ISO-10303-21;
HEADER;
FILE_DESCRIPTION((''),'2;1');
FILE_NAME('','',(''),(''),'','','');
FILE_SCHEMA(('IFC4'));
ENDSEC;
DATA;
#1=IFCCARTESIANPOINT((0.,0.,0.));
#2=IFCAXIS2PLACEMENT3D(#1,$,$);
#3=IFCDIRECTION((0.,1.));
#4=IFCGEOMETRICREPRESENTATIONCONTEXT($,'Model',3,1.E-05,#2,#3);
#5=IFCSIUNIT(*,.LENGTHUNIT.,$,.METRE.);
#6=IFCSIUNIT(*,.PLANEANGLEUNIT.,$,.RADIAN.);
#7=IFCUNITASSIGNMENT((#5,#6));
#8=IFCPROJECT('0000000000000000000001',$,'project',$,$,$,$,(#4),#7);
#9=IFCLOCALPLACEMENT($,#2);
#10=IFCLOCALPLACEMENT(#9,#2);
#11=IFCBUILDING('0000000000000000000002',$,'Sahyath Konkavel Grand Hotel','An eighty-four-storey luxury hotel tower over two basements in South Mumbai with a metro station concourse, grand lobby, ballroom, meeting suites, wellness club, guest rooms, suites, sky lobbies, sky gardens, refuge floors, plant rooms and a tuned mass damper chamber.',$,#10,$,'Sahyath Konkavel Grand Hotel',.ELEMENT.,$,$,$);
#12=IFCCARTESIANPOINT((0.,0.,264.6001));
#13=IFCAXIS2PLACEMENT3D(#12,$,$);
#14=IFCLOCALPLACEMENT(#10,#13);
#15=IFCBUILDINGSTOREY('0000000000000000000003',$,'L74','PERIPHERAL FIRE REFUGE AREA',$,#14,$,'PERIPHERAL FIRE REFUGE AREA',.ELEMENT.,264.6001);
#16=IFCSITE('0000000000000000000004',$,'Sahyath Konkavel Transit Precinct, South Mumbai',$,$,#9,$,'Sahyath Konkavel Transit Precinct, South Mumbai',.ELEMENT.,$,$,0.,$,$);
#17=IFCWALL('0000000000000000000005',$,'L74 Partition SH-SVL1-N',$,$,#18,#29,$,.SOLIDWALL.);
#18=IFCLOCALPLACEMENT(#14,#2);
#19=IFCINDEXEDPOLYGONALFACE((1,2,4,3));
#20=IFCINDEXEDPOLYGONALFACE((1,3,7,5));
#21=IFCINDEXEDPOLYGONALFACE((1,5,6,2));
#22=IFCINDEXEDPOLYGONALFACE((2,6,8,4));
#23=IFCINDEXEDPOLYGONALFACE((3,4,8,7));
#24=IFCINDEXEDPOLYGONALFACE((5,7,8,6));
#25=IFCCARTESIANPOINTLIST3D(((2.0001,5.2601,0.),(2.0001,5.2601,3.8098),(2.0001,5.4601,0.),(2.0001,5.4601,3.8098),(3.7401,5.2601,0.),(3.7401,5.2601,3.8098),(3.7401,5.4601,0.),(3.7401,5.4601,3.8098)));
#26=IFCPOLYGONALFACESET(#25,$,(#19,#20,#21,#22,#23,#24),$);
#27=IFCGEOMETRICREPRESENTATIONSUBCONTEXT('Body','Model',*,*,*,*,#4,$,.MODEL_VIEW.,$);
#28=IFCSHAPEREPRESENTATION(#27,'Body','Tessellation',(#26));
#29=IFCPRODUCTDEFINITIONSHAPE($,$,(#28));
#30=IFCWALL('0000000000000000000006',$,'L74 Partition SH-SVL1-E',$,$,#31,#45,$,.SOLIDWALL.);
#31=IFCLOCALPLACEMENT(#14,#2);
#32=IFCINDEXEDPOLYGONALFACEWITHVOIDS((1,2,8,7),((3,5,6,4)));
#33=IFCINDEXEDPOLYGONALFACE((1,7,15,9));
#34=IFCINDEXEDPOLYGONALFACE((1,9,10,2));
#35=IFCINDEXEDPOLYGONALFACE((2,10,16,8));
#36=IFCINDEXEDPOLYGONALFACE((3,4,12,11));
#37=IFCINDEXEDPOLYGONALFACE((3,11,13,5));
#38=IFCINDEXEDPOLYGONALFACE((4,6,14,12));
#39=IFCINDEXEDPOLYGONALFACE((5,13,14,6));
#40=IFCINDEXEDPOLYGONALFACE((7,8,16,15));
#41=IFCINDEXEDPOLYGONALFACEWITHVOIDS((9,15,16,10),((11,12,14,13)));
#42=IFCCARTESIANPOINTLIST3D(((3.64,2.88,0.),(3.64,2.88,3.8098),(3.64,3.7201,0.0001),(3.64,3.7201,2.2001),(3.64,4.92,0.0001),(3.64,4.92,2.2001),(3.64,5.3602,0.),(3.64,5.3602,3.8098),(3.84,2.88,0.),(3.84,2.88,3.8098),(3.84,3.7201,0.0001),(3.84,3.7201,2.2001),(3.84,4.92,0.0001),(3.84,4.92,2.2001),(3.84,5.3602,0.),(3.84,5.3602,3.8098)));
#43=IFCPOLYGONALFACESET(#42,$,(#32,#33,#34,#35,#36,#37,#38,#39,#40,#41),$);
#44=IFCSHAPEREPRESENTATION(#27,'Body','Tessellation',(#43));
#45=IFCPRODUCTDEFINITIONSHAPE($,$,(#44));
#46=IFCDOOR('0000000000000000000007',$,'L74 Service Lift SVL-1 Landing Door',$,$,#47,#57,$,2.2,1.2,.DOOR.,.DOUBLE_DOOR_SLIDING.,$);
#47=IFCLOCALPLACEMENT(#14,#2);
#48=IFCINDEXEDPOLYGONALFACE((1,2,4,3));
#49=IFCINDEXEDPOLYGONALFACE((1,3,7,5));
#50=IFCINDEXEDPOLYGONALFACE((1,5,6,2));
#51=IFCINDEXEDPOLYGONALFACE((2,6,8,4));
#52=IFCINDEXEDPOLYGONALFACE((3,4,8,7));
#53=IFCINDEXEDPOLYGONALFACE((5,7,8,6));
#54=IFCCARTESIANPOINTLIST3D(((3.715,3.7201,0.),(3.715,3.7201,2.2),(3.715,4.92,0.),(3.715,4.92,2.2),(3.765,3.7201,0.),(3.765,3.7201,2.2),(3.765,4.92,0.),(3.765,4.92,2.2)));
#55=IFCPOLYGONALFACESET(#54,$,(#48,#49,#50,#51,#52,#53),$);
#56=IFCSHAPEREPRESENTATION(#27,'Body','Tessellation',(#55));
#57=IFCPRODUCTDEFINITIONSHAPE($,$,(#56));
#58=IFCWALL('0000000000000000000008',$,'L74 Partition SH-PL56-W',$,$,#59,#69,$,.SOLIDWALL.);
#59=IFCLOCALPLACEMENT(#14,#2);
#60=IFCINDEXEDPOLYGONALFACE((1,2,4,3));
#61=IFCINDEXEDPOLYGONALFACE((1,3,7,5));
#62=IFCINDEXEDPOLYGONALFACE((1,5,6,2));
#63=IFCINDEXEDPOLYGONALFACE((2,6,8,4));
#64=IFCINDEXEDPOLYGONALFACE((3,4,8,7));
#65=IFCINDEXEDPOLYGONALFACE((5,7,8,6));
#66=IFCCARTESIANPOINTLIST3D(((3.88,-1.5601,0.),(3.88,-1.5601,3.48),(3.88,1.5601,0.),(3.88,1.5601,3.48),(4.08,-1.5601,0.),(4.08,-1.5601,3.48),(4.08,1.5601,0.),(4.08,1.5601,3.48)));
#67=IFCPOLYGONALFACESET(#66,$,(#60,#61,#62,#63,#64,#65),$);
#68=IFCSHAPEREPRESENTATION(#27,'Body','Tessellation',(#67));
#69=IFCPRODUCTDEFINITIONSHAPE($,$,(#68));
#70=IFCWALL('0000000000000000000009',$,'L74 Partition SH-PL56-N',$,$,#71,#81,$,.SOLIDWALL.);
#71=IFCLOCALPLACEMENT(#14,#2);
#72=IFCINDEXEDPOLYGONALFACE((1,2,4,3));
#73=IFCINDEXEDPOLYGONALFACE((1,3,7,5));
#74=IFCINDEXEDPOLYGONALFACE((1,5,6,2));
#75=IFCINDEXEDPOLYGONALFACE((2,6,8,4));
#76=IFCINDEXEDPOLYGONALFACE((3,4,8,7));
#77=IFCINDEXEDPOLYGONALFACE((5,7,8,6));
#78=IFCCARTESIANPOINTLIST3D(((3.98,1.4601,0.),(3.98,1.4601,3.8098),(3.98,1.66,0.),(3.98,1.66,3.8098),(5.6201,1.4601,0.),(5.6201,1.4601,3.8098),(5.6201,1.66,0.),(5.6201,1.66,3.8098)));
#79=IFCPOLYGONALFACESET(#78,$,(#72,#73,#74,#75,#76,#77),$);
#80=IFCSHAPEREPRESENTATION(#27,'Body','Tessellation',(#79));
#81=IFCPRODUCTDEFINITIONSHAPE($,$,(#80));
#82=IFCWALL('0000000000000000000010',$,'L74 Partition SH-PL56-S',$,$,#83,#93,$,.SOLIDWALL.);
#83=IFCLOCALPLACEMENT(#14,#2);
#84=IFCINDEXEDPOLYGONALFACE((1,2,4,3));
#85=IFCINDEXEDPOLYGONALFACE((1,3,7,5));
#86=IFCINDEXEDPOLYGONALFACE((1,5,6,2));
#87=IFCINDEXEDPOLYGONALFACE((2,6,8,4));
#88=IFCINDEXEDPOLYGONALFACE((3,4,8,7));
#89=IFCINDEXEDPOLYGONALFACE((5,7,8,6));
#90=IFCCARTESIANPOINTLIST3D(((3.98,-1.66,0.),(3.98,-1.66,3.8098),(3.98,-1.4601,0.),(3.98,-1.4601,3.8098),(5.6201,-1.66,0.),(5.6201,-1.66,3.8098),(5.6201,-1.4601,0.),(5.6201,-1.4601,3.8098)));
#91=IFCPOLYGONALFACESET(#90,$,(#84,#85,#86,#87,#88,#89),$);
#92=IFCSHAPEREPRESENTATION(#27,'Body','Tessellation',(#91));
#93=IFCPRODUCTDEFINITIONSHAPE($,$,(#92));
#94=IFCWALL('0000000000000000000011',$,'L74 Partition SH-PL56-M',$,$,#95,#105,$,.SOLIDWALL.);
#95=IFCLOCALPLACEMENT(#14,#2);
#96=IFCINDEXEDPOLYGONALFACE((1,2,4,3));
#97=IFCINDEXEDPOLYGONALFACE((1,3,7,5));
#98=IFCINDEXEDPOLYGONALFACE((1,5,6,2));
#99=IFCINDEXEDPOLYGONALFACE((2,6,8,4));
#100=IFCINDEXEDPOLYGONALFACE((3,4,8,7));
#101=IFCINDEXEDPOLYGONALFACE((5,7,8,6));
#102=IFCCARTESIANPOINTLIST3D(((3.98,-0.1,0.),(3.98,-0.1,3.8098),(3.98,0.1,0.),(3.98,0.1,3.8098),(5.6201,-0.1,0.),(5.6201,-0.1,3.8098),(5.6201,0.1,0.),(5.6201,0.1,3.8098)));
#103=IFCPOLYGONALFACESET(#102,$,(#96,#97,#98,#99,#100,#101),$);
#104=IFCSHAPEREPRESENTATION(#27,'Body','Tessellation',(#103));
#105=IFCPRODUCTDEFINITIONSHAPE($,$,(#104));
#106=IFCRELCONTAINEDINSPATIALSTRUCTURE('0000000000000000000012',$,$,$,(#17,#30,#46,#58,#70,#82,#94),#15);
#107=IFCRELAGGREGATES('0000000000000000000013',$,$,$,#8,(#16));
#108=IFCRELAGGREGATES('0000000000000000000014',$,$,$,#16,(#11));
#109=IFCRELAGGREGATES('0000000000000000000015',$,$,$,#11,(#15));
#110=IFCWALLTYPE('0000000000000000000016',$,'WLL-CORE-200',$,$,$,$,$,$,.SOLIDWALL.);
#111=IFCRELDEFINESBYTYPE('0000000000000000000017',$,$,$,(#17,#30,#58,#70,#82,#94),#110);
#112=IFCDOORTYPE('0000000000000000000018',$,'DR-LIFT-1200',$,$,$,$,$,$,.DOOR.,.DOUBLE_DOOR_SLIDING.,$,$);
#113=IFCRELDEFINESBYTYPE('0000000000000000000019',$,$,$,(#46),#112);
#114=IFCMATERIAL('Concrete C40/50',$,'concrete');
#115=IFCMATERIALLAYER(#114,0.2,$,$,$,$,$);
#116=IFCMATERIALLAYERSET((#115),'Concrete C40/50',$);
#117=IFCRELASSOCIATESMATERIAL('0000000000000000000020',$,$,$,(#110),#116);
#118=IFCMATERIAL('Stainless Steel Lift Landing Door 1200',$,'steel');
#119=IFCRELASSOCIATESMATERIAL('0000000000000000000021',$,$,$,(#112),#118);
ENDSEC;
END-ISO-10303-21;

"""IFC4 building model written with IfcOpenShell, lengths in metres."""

from ifc_helpers import new_model, si_unit, direction, frame, frame_2d, origin, origin_2d, place, context, subcontext, project, spatial, rectangle, extrude, source, transform, mapped, material, layer, layer_set, type_object, element, fill, save


model = new_model("IFC4")

# Units and contexts
model_context = context("Model", 3, precision=1e-05, world=origin(), true_north=direction((0.0, 1.0)))
body_context = subcontext(model_context, "Body", "Model", "MODEL_VIEW")
ifc_project = project(units=[si_unit("LENGTHUNIT", "METRE"), si_unit("PLANEANGLEUNIT", "RADIAN")], contexts=[model_context])

# Site, building, storey
site_placement = place(None, origin())
site = spatial("IfcSite", under=ifc_project, at=site_placement, Name="Sahyath Konkavel Transit Precinct, South Mumbai", LongName="Sahyath Konkavel Transit Precinct, South Mumbai", CompositionType="ELEMENT", RefElevation=0.0)
building_placement = place(site_placement, origin())
building = spatial("IfcBuilding", under=site, at=building_placement, Name="Sahyath Konkavel Grand Hotel", Description="An eighty-four-storey luxury hotel tower over two basements in South Mumbai with a metro station concourse, grand lobby, ballroom, meeting suites, wellness club, guest rooms, suites, sky lobbies, sky gardens, refuge floors, plant rooms and a tuned mass damper chamber.", LongName="Sahyath Konkavel Grand Hotel", CompositionType="ELEMENT")
storey_placement = place(building_placement, frame((0.0, 0.0, 264.6001)))
storey = spatial("IfcBuildingStorey", under=building, at=storey_placement, Name="L74", Description="PERIPHERAL FIRE REFUGE AREA", LongName="PERIPHERAL FIRE REFUGE AREA", CompositionType="ELEMENT", Elevation=264.6001)

# Shared definitions
ifc_material_1 = material(Name="Concrete C40/50", Category="concrete")

# Shared definitions
ifc_layer_1 = layer(ifc_material_1, 0.2)
ifc_layer_set_1 = layer_set([ifc_layer_1], Name="Concrete C40/50")
wall_type = type_object("IfcWallType", Name="WLL-CORE-200", PredefinedType="SOLIDWALL", material=ifc_layer_set_1)

# Wall
wall_1_placement = place(storey_placement, frame((2.0, 5.3601, 0.0), z_axis=(0.0, 0.0, 1.0), x_axis=(1.0, 0.0, 0.0)))
element("IfcWall", 1, at=wall_1_placement, inside=storey, type_object=wall_type, Name="L74 Partition SH-SVL1-N", PredefinedType="SOLIDWALL", context=body_context, shape_type="SweptSolid", body=[
    extrude(rectangle(XDim=1.74, YDim=0.2, at=frame_2d((0.8701, 0.0))), origin(), (0.0, 0.0, 1.0), 3.8098),
])

# Wall, opening, door
wall_2_placement = place(storey_placement, frame((3.74, 2.8799, 0.0), z_axis=(0.0, 0.0, 1.0), x_axis=(0.0, 1.0, 0.0)))
wall_2 = element("IfcWall", 2, at=wall_2_placement, inside=storey, type_object=wall_type, Name="L74 Partition SH-SVL1-E", PredefinedType="SOLIDWALL", context=body_context, shape_type="SweptSolid", body=[
    extrude(rectangle(XDim=2.4802, YDim=0.2, at=frame_2d((1.2402, 0.0))), origin(), (0.0, 0.0, 1.0), 3.8098),
])
opening_1_placement = place(wall_2_placement, frame((0.8401, 0.0, 0.0)))
opening_1 = element("IfcOpeningElement", 3, at=opening_1_placement, cuts=wall_2, PredefinedType="OPENING", context=body_context, shape_type="SweptSolid", body=[
    extrude(rectangle(XDim=1.2, YDim=2.2, at=frame_2d((0.6001, 1.1001))), frame((0.0, 0.1099, 0.0), z_axis=(0.0, -1.0, 0.0), x_axis=(1.0, 0.0, 0.0)), (0.0, 0.0, 1.0), 0.22),
])
ifc_material_2 = material(Name="Stainless Steel Lift Landing Door 1200", Category="steel")
door_type_1 = type_object("IfcDoorType", Name="DR-LIFT-1200", OperationType="DOUBLE_DOOR_SLIDING", PredefinedType="DOOR", material=ifc_material_2)
shared_shape_1 = source(origin(), body_context, "Body", "SweptSolid", [
    extrude(rectangle(XDim=1.2, YDim=0.05, at=origin_2d()), origin(), (0.0, 0.0, 1.0), 2.2),
])
door_1_placement = place(opening_1_placement, frame((0.6001, 0.0, 0.0)))
door_1 = element("IfcDoor", 4, at=door_1_placement, inside=storey, type_object=door_type_1, Name="L74 Service Lift SVL-1 Landing Door", OperationType="DOUBLE_DOOR_SLIDING", OverallHeight=2.2, OverallWidth=1.2, PredefinedType="DOOR", context=body_context, shape_type="MappedRepresentation", body=[
    mapped(shared_shape_1, transform((0.0, 0.0, 0.0), scale=1.0)),
])
fill(opening_1, door_1)

# Walls
wall_3_placement = place(storey_placement, frame((3.98, -1.5601, 0.0), z_axis=(0.0, 0.0, 1.0), x_axis=(0.0, 1.0, 0.0)))
element("IfcWall", 5, at=wall_3_placement, inside=storey, type_object=wall_type, Name="L74 Partition SH-PL56-W", PredefinedType="SOLIDWALL", context=body_context, shape_type="SweptSolid", body=[
    extrude(rectangle(XDim=3.1201, YDim=0.2, at=frame_2d((1.5601, 0.0))), origin(), (0.0, 0.0, 1.0), 3.48),
])
for number, where, z_axis, x_axis, name in (
    (6, (3.98, 1.5601, 0.0), (0.0, 0.0, 1.0), (1.0, 0.0, 0.0), "L74 Partition SH-PL56-N"),
    (7, (3.98, -1.5601, 0.0), (0.0, 0.0, 1.0), (1.0, 0.0, 0.0), "L74 Partition SH-PL56-S"),
    (8, (3.98, 0.0, 0.0), (0.0, 0.0, 1.0), (1.0, 0.0, 0.0), "L74 Partition SH-PL56-M"),
):
    element("IfcWall", number, at=place(storey_placement, frame(where, z_axis=z_axis, x_axis=x_axis)), inside=storey, type_object=wall_type, Name=name, PredefinedType="SOLIDWALL", context=body_context, shape_type="SweptSolid", body=[
        extrude(rectangle(XDim=1.6401, YDim=0.2, at=frame_2d((0.8201, 0.0))), origin(), (0.0, 0.0, 1.0), 3.8098),
    ])

save(model, "model.ifc")
